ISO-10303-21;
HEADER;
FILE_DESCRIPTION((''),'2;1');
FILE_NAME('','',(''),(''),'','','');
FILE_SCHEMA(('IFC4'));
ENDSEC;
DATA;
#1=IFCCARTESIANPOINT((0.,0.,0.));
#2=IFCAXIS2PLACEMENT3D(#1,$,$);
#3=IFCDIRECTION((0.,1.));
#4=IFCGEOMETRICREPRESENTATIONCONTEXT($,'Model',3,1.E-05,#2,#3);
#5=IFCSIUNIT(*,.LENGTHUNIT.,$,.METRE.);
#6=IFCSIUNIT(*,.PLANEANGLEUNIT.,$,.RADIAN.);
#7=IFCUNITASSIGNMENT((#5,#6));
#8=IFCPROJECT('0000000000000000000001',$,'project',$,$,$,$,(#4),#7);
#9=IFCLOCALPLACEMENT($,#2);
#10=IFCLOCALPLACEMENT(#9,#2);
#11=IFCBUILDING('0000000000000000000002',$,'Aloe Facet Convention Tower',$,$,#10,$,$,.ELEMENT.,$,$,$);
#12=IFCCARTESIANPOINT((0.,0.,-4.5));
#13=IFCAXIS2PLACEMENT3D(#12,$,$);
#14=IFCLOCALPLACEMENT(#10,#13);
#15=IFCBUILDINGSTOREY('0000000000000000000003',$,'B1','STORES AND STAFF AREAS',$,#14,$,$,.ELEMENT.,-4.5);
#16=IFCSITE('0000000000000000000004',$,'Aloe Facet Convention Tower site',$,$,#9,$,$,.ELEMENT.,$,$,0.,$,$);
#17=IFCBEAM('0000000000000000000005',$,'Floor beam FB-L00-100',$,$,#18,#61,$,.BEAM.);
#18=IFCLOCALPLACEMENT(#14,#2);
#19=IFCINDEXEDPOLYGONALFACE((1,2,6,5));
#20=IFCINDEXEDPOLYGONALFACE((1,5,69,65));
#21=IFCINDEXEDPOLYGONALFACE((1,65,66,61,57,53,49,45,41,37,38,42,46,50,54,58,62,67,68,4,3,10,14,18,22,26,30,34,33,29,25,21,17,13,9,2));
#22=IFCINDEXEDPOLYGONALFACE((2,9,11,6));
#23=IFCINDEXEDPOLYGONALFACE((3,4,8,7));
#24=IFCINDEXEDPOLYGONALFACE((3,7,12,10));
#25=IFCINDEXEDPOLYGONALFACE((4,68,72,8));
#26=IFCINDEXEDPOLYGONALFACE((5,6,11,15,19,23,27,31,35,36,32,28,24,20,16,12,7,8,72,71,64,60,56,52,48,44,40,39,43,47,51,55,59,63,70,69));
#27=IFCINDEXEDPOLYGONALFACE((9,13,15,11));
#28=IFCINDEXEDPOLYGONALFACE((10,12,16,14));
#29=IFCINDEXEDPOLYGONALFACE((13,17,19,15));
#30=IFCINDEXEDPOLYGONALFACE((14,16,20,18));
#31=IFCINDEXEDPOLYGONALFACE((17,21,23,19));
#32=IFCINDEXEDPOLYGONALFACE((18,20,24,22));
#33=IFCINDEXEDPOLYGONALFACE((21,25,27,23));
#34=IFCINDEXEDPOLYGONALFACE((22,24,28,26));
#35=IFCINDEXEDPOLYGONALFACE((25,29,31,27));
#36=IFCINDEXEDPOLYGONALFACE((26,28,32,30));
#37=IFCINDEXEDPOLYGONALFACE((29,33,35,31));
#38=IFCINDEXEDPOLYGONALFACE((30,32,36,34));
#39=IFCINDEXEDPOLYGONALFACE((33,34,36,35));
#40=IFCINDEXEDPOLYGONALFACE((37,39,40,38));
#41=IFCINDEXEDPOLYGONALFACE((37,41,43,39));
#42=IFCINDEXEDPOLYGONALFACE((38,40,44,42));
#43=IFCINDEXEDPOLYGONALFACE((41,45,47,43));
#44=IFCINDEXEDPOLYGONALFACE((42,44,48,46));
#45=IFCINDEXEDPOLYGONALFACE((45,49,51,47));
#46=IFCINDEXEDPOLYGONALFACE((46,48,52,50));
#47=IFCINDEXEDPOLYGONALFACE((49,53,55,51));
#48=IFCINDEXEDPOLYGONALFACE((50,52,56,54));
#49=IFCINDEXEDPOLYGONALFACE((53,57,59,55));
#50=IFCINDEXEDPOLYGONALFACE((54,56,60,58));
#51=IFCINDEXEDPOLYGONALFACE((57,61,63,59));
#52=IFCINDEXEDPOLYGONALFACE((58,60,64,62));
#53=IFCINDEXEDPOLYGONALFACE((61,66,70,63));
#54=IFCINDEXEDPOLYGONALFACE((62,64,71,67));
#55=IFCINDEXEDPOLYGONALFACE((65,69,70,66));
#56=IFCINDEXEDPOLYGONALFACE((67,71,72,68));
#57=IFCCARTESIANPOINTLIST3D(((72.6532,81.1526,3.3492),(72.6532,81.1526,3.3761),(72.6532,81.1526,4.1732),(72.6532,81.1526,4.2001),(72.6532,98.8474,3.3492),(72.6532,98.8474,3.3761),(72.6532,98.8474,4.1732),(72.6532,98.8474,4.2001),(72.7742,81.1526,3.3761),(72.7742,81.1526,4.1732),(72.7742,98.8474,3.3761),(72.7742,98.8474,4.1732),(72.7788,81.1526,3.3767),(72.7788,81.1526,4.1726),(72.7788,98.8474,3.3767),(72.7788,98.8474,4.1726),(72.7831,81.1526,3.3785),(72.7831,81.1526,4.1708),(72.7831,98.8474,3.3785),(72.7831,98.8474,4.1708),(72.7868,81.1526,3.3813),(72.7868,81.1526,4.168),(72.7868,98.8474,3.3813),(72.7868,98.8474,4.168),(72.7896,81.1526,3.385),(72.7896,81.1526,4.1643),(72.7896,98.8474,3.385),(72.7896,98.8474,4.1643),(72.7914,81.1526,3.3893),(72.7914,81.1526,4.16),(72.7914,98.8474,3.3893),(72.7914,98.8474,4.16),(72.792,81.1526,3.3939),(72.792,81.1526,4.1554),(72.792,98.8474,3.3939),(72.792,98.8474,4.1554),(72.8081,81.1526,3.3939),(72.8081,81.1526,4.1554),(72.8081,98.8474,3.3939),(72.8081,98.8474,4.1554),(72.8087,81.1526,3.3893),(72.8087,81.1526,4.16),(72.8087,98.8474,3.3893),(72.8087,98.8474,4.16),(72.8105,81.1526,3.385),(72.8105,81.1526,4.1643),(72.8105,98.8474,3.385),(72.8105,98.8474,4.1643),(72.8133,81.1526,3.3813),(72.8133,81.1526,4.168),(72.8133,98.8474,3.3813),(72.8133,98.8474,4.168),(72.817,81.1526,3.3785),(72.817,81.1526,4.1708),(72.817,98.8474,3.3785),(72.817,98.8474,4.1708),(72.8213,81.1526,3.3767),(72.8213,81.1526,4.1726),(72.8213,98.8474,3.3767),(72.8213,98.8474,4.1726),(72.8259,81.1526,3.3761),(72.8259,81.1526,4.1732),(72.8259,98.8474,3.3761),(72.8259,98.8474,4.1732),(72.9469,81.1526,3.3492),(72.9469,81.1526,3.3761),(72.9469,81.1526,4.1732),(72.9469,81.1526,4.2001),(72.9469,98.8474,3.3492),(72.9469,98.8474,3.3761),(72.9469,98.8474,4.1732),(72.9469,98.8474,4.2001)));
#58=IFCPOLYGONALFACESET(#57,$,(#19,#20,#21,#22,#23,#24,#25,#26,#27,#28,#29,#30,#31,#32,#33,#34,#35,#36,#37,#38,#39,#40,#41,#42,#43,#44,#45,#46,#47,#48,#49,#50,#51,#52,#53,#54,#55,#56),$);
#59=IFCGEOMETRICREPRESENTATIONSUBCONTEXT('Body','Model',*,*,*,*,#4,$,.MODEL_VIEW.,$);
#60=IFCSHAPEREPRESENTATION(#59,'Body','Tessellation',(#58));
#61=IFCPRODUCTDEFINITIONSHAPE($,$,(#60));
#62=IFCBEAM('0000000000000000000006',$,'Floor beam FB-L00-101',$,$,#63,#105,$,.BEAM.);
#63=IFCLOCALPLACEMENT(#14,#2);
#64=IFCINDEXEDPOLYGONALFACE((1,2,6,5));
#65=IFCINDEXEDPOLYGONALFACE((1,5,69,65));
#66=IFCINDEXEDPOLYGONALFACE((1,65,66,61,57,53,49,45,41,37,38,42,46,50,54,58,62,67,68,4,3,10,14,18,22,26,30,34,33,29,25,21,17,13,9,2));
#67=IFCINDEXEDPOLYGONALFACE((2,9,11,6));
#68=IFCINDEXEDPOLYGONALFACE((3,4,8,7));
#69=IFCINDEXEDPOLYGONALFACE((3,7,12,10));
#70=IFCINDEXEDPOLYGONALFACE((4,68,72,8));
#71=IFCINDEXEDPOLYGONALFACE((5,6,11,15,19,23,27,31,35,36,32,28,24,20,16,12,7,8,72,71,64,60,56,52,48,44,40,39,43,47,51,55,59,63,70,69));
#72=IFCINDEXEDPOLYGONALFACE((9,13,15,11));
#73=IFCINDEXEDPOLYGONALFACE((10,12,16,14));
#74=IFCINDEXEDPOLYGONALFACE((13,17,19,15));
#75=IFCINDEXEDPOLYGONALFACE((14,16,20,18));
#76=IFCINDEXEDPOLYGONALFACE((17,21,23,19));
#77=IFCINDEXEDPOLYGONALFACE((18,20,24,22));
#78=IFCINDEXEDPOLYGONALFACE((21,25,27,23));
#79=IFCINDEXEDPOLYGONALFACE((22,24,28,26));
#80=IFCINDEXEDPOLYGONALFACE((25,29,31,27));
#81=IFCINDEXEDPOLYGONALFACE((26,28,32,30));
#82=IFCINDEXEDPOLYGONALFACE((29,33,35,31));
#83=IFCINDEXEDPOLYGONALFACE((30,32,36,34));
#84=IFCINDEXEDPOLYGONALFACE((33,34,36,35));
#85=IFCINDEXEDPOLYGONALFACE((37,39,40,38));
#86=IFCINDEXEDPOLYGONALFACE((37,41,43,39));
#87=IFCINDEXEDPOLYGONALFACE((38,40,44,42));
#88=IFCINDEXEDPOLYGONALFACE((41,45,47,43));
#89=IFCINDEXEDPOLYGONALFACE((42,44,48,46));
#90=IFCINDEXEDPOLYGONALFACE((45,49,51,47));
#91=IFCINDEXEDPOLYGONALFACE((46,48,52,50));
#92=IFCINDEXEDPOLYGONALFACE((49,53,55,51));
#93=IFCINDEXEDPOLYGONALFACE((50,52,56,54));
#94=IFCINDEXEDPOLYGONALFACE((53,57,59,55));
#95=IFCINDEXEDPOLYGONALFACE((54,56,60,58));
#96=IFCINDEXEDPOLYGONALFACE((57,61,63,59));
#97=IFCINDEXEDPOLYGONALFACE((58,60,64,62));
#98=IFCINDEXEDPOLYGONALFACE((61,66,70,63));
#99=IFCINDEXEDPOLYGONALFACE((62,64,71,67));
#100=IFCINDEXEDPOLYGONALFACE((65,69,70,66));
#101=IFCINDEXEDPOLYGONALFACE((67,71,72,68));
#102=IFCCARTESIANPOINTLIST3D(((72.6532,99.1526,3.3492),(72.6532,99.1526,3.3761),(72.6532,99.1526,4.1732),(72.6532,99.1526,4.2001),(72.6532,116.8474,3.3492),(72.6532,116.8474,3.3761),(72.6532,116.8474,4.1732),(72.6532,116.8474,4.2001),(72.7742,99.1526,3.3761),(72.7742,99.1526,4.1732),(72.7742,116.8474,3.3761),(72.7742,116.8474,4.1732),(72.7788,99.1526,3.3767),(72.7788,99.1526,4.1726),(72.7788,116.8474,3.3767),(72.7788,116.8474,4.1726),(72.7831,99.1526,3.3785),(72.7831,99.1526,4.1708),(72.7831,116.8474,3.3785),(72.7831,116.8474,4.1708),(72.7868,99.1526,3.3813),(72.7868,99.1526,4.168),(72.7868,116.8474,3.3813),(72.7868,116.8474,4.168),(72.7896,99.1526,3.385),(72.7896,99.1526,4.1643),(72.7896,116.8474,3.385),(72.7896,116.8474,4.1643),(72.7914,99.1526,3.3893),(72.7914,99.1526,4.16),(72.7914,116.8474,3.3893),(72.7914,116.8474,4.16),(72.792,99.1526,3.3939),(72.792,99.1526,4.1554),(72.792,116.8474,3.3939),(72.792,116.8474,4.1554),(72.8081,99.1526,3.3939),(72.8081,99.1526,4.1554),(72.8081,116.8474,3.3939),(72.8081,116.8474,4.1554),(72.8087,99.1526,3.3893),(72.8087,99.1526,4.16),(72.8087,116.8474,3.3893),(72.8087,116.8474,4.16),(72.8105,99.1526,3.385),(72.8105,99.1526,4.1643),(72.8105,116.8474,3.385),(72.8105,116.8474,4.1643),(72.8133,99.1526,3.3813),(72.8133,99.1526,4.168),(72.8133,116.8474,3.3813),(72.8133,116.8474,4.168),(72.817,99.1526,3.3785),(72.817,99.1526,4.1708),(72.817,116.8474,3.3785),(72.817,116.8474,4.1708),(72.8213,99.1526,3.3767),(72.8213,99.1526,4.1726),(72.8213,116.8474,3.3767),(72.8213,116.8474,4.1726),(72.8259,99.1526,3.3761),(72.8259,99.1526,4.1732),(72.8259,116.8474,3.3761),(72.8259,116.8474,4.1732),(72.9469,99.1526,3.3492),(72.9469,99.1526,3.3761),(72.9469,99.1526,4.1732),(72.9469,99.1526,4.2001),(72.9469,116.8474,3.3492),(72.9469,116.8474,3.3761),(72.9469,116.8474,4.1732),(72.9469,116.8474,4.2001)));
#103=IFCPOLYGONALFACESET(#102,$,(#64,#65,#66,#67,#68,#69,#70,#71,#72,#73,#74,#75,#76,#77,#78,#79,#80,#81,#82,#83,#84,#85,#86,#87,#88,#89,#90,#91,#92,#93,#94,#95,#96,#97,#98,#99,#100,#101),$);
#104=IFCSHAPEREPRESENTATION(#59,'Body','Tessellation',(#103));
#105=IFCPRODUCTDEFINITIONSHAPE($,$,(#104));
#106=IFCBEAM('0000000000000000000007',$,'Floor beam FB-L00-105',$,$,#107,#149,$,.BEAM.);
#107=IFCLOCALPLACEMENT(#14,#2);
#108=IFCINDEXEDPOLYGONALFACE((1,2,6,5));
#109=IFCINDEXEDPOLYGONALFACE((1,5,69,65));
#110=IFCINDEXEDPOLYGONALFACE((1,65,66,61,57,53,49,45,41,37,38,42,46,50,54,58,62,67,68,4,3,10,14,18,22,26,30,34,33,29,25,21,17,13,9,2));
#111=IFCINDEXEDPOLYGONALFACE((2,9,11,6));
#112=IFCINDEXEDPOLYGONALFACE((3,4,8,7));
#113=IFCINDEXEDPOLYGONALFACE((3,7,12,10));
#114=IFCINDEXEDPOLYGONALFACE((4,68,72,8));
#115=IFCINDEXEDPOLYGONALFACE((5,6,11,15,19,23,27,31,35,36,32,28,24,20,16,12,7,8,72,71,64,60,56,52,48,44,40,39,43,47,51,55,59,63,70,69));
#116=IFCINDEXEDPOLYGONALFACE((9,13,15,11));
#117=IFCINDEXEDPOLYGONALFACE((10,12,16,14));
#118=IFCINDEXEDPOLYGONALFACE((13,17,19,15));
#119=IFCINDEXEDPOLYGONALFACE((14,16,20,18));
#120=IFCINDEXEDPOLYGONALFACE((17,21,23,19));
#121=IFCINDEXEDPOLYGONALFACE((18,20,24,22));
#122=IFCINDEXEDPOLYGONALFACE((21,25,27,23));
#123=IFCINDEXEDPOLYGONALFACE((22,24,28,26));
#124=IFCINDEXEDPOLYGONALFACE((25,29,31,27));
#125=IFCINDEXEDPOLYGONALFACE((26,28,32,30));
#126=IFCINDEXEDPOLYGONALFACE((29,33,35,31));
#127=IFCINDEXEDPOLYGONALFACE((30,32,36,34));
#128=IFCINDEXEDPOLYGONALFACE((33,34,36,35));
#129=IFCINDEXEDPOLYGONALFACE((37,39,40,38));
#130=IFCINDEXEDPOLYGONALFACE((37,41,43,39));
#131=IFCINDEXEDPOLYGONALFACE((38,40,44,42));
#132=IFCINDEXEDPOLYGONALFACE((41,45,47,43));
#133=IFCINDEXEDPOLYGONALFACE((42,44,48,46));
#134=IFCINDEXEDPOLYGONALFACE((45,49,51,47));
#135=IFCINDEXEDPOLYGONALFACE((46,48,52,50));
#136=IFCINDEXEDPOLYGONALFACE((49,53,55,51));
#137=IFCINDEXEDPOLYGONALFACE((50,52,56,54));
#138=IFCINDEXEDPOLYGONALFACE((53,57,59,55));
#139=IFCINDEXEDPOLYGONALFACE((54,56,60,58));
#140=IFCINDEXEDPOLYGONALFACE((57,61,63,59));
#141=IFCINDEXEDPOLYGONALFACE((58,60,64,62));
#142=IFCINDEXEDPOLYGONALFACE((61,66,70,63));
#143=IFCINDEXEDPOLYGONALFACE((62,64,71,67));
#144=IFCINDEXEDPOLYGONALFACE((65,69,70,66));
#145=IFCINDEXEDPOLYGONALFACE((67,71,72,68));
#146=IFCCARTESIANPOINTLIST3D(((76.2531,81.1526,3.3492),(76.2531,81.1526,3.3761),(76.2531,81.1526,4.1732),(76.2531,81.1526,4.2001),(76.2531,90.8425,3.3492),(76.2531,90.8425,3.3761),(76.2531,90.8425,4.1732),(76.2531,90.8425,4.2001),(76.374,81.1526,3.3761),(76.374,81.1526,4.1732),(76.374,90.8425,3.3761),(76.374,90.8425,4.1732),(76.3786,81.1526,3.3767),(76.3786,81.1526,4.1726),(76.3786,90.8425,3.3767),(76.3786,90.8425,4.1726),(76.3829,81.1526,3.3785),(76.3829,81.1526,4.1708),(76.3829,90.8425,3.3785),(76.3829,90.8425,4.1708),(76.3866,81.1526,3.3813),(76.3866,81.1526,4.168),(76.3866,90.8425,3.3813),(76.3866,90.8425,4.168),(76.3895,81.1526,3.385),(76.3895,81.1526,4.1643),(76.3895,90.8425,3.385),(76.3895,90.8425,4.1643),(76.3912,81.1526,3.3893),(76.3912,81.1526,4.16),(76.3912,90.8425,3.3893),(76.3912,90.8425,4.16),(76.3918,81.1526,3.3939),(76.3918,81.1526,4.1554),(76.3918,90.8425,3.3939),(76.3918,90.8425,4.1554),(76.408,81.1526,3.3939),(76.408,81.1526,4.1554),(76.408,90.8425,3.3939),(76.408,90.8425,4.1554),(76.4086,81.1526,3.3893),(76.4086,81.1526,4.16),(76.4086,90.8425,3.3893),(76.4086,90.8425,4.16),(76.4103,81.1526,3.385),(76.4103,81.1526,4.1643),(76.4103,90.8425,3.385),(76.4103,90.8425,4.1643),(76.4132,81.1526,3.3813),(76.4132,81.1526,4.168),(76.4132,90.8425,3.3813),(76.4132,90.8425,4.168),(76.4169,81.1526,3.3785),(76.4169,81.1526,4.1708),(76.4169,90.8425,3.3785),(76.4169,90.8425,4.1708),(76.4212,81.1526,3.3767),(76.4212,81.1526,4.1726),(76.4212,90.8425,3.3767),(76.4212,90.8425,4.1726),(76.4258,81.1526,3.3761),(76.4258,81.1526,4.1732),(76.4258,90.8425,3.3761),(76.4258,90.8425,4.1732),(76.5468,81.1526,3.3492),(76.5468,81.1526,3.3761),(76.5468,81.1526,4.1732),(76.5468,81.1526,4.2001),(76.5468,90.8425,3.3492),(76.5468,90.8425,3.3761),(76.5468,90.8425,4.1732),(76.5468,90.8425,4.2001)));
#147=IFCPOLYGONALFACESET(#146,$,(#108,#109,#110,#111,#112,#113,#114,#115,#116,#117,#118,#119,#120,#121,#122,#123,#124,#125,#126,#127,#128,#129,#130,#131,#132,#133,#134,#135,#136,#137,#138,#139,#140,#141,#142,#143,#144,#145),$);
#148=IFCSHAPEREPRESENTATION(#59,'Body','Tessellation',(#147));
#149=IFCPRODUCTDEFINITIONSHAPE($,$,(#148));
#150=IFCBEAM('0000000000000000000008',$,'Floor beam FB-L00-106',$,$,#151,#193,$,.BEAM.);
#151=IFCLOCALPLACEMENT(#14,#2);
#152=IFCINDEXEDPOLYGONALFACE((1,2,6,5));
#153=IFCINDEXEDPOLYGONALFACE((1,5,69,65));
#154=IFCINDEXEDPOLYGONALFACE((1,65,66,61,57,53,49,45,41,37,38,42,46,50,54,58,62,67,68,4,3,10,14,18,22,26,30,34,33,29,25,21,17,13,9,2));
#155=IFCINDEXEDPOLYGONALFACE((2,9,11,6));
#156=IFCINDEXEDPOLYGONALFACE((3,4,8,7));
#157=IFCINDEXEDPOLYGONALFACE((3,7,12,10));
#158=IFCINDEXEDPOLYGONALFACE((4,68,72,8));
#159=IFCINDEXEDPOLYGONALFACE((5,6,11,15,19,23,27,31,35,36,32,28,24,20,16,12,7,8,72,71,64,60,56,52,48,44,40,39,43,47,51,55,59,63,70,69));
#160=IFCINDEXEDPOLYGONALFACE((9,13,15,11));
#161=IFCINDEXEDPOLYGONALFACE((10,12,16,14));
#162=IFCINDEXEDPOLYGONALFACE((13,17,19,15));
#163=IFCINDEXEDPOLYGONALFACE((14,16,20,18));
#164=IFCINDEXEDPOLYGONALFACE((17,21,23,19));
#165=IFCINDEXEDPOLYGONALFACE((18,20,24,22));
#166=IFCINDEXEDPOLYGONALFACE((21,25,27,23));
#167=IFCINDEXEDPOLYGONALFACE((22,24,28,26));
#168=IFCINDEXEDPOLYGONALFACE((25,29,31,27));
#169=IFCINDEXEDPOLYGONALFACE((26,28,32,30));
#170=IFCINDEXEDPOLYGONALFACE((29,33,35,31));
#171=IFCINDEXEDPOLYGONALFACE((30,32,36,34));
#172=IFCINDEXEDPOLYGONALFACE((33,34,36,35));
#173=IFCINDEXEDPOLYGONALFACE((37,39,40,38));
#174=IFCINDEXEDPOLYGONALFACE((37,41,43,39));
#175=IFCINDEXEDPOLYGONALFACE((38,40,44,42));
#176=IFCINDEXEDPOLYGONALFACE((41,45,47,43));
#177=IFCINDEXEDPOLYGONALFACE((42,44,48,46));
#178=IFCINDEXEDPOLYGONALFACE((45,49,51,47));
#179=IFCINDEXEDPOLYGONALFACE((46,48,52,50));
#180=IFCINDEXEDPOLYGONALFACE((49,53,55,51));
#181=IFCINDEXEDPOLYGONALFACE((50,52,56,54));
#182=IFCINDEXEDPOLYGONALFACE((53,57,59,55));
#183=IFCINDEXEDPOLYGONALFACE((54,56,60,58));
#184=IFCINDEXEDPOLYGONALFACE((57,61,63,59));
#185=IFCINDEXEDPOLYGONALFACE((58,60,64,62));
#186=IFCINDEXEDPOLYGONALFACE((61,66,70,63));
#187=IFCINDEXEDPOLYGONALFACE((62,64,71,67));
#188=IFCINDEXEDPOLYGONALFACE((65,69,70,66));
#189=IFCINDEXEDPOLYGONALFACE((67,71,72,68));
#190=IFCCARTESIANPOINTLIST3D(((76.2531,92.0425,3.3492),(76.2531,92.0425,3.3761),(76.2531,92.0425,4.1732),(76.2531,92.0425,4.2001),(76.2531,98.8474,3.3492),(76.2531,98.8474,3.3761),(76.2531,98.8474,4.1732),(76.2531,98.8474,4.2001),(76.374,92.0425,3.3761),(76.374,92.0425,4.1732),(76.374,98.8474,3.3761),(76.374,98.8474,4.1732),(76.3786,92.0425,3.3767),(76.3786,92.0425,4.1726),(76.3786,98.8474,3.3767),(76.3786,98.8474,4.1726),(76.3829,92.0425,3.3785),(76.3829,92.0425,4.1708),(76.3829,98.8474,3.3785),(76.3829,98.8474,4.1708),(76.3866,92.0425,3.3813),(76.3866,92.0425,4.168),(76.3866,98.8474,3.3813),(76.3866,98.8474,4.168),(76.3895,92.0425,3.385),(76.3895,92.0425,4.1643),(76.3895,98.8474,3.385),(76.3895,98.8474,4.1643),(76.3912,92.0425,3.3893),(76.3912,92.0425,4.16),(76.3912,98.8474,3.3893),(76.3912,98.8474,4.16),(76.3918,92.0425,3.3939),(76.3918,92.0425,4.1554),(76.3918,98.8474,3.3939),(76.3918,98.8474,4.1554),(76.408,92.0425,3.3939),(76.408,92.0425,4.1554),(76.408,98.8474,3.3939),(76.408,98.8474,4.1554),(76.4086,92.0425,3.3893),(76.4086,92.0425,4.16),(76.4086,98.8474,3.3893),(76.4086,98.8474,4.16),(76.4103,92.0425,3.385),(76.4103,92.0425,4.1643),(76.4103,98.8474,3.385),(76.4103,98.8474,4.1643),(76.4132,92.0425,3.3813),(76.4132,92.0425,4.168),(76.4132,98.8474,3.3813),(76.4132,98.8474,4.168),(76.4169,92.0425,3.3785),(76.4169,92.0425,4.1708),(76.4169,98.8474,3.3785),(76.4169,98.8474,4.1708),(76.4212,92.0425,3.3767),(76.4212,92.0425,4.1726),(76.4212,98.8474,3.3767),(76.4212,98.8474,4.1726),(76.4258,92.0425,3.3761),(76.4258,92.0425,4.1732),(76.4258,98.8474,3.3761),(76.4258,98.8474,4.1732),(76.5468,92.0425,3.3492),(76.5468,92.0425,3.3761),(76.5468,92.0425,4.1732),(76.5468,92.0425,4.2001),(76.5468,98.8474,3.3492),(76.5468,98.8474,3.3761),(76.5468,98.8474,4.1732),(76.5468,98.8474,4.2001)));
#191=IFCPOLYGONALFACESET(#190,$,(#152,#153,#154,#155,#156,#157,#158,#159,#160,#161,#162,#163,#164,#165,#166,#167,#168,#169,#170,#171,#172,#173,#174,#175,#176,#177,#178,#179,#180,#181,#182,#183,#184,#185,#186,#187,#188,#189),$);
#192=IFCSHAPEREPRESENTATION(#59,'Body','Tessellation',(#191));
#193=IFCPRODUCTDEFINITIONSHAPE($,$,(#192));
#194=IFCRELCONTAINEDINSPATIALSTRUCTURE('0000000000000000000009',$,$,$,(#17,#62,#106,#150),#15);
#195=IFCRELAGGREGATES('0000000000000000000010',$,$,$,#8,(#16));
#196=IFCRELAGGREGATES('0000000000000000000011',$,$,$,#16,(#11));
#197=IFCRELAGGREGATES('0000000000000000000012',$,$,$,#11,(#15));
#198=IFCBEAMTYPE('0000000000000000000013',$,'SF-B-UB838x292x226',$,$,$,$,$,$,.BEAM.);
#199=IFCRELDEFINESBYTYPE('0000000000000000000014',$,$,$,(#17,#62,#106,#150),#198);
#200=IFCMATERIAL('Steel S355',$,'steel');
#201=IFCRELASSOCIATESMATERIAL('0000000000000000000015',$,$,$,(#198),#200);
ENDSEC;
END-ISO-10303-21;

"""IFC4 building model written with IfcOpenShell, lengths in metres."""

from ifc_helpers import new_model, si_unit, direction, frame, origin, origin_2d, place, context, subcontext, project, spatial, i_section, extrude, material, material_profile, profile_set, type_object, element, save


model = new_model("IFC4")

# Units and contexts
model_context = context("Model", 3, precision=1e-05, world=origin(), true_north=direction((0.0, 1.0)))
body_context = subcontext(model_context, "Body", "Model", "MODEL_VIEW")
ifc_project = project(units=[si_unit("LENGTHUNIT", "METRE"), si_unit("PLANEANGLEUNIT", "RADIAN")], contexts=[model_context])

# Site, building, storey
site_placement = place(None, origin())
site = spatial("IfcSite", under=ifc_project, at=site_placement, Name="Aloe Facet Convention Tower site", CompositionType="ELEMENT", RefElevation=0.0)
building_placement = place(site_placement, origin())
building = spatial("IfcBuilding", under=site, at=building_placement, Name="Aloe Facet Convention Tower", CompositionType="ELEMENT")
storey_placement = place(building_placement, frame((0.0, 0.0, -4.5)))
storey = spatial("IfcBuildingStorey", under=building, at=storey_placement, Name="B1", Description="STORES AND STAFF AREAS", CompositionType="ELEMENT", Elevation=-4.5)

# Beams
ifc_material_1 = material(Name="Steel S355", Category="steel")
ifc_material_profile_1 = material_profile(ifc_material_1, i_section(OverallWidth=0.2937, OverallDepth=0.8508, WebThickness=0.0161, FlangeThickness=0.0269, FilletRadius=0.0178, at=origin_2d()), Name="UB 838x292x226")
ifc_profile_set_1 = profile_set([ifc_material_profile_1], Name="Steel S355")
beam_type_1 = type_object("IfcBeamType", Name="SF-B-UB838x292x226", PredefinedType="BEAM", material=ifc_profile_set_1)
for number, where, z_axis, x_axis, name in (
    (1, (72.8, 81.1526, 3.7747), (0.0, 1.0, 0.0), (-1.0, 0.0, 0.0), "Floor beam FB-L00-100"),
    (2, (72.8, 99.1526, 3.7747), (0.0, 1.0, 0.0), (-1.0, 0.0, 0.0), "Floor beam FB-L00-101"),
):
    element("IfcBeam", number, at=place(storey_placement, frame(where, z_axis=z_axis, x_axis=x_axis)), inside=storey, type_object=beam_type_1, Name=name, PredefinedType="BEAM", context=body_context, shape_type="SweptSolid", body=[
        extrude(i_section(OverallWidth=0.2937, OverallDepth=0.8508, WebThickness=0.0161, FlangeThickness=0.0269, FilletRadius=0.0178, at=origin_2d()), origin(), (0.0, 0.0, 1.0), 17.6948),
    ])
beam_1_placement = place(storey_placement, frame((76.3999, 81.1526, 3.7747), z_axis=(0.0, 1.0, 0.0), x_axis=(-1.0, 0.0, 0.0)))
element("IfcBeam", 3, at=beam_1_placement, inside=storey, type_object=beam_type_1, Name="Floor beam FB-L00-105", PredefinedType="BEAM", context=body_context, shape_type="SweptSolid", body=[
    extrude(i_section(OverallWidth=0.2937, OverallDepth=0.8508, WebThickness=0.0161, FlangeThickness=0.0269, FilletRadius=0.0178, at=origin_2d()), origin(), (0.0, 0.0, 1.0), 9.6899),
])
beam_2_placement = place(storey_placement, frame((76.3999, 92.0425, 3.7747), z_axis=(0.0, 1.0, 0.0), x_axis=(-1.0, 0.0, 0.0)))
element("IfcBeam", 4, at=beam_2_placement, inside=storey, type_object=beam_type_1, Name="Floor beam FB-L00-106", PredefinedType="BEAM", context=body_context, shape_type="SweptSolid", body=[
    extrude(i_section(OverallWidth=0.2937, OverallDepth=0.8508, WebThickness=0.0161, FlangeThickness=0.0269, FilletRadius=0.0178, at=origin_2d()), origin(), (0.0, 0.0, 1.0), 6.8049),
])

save(model, "model.ifc")
